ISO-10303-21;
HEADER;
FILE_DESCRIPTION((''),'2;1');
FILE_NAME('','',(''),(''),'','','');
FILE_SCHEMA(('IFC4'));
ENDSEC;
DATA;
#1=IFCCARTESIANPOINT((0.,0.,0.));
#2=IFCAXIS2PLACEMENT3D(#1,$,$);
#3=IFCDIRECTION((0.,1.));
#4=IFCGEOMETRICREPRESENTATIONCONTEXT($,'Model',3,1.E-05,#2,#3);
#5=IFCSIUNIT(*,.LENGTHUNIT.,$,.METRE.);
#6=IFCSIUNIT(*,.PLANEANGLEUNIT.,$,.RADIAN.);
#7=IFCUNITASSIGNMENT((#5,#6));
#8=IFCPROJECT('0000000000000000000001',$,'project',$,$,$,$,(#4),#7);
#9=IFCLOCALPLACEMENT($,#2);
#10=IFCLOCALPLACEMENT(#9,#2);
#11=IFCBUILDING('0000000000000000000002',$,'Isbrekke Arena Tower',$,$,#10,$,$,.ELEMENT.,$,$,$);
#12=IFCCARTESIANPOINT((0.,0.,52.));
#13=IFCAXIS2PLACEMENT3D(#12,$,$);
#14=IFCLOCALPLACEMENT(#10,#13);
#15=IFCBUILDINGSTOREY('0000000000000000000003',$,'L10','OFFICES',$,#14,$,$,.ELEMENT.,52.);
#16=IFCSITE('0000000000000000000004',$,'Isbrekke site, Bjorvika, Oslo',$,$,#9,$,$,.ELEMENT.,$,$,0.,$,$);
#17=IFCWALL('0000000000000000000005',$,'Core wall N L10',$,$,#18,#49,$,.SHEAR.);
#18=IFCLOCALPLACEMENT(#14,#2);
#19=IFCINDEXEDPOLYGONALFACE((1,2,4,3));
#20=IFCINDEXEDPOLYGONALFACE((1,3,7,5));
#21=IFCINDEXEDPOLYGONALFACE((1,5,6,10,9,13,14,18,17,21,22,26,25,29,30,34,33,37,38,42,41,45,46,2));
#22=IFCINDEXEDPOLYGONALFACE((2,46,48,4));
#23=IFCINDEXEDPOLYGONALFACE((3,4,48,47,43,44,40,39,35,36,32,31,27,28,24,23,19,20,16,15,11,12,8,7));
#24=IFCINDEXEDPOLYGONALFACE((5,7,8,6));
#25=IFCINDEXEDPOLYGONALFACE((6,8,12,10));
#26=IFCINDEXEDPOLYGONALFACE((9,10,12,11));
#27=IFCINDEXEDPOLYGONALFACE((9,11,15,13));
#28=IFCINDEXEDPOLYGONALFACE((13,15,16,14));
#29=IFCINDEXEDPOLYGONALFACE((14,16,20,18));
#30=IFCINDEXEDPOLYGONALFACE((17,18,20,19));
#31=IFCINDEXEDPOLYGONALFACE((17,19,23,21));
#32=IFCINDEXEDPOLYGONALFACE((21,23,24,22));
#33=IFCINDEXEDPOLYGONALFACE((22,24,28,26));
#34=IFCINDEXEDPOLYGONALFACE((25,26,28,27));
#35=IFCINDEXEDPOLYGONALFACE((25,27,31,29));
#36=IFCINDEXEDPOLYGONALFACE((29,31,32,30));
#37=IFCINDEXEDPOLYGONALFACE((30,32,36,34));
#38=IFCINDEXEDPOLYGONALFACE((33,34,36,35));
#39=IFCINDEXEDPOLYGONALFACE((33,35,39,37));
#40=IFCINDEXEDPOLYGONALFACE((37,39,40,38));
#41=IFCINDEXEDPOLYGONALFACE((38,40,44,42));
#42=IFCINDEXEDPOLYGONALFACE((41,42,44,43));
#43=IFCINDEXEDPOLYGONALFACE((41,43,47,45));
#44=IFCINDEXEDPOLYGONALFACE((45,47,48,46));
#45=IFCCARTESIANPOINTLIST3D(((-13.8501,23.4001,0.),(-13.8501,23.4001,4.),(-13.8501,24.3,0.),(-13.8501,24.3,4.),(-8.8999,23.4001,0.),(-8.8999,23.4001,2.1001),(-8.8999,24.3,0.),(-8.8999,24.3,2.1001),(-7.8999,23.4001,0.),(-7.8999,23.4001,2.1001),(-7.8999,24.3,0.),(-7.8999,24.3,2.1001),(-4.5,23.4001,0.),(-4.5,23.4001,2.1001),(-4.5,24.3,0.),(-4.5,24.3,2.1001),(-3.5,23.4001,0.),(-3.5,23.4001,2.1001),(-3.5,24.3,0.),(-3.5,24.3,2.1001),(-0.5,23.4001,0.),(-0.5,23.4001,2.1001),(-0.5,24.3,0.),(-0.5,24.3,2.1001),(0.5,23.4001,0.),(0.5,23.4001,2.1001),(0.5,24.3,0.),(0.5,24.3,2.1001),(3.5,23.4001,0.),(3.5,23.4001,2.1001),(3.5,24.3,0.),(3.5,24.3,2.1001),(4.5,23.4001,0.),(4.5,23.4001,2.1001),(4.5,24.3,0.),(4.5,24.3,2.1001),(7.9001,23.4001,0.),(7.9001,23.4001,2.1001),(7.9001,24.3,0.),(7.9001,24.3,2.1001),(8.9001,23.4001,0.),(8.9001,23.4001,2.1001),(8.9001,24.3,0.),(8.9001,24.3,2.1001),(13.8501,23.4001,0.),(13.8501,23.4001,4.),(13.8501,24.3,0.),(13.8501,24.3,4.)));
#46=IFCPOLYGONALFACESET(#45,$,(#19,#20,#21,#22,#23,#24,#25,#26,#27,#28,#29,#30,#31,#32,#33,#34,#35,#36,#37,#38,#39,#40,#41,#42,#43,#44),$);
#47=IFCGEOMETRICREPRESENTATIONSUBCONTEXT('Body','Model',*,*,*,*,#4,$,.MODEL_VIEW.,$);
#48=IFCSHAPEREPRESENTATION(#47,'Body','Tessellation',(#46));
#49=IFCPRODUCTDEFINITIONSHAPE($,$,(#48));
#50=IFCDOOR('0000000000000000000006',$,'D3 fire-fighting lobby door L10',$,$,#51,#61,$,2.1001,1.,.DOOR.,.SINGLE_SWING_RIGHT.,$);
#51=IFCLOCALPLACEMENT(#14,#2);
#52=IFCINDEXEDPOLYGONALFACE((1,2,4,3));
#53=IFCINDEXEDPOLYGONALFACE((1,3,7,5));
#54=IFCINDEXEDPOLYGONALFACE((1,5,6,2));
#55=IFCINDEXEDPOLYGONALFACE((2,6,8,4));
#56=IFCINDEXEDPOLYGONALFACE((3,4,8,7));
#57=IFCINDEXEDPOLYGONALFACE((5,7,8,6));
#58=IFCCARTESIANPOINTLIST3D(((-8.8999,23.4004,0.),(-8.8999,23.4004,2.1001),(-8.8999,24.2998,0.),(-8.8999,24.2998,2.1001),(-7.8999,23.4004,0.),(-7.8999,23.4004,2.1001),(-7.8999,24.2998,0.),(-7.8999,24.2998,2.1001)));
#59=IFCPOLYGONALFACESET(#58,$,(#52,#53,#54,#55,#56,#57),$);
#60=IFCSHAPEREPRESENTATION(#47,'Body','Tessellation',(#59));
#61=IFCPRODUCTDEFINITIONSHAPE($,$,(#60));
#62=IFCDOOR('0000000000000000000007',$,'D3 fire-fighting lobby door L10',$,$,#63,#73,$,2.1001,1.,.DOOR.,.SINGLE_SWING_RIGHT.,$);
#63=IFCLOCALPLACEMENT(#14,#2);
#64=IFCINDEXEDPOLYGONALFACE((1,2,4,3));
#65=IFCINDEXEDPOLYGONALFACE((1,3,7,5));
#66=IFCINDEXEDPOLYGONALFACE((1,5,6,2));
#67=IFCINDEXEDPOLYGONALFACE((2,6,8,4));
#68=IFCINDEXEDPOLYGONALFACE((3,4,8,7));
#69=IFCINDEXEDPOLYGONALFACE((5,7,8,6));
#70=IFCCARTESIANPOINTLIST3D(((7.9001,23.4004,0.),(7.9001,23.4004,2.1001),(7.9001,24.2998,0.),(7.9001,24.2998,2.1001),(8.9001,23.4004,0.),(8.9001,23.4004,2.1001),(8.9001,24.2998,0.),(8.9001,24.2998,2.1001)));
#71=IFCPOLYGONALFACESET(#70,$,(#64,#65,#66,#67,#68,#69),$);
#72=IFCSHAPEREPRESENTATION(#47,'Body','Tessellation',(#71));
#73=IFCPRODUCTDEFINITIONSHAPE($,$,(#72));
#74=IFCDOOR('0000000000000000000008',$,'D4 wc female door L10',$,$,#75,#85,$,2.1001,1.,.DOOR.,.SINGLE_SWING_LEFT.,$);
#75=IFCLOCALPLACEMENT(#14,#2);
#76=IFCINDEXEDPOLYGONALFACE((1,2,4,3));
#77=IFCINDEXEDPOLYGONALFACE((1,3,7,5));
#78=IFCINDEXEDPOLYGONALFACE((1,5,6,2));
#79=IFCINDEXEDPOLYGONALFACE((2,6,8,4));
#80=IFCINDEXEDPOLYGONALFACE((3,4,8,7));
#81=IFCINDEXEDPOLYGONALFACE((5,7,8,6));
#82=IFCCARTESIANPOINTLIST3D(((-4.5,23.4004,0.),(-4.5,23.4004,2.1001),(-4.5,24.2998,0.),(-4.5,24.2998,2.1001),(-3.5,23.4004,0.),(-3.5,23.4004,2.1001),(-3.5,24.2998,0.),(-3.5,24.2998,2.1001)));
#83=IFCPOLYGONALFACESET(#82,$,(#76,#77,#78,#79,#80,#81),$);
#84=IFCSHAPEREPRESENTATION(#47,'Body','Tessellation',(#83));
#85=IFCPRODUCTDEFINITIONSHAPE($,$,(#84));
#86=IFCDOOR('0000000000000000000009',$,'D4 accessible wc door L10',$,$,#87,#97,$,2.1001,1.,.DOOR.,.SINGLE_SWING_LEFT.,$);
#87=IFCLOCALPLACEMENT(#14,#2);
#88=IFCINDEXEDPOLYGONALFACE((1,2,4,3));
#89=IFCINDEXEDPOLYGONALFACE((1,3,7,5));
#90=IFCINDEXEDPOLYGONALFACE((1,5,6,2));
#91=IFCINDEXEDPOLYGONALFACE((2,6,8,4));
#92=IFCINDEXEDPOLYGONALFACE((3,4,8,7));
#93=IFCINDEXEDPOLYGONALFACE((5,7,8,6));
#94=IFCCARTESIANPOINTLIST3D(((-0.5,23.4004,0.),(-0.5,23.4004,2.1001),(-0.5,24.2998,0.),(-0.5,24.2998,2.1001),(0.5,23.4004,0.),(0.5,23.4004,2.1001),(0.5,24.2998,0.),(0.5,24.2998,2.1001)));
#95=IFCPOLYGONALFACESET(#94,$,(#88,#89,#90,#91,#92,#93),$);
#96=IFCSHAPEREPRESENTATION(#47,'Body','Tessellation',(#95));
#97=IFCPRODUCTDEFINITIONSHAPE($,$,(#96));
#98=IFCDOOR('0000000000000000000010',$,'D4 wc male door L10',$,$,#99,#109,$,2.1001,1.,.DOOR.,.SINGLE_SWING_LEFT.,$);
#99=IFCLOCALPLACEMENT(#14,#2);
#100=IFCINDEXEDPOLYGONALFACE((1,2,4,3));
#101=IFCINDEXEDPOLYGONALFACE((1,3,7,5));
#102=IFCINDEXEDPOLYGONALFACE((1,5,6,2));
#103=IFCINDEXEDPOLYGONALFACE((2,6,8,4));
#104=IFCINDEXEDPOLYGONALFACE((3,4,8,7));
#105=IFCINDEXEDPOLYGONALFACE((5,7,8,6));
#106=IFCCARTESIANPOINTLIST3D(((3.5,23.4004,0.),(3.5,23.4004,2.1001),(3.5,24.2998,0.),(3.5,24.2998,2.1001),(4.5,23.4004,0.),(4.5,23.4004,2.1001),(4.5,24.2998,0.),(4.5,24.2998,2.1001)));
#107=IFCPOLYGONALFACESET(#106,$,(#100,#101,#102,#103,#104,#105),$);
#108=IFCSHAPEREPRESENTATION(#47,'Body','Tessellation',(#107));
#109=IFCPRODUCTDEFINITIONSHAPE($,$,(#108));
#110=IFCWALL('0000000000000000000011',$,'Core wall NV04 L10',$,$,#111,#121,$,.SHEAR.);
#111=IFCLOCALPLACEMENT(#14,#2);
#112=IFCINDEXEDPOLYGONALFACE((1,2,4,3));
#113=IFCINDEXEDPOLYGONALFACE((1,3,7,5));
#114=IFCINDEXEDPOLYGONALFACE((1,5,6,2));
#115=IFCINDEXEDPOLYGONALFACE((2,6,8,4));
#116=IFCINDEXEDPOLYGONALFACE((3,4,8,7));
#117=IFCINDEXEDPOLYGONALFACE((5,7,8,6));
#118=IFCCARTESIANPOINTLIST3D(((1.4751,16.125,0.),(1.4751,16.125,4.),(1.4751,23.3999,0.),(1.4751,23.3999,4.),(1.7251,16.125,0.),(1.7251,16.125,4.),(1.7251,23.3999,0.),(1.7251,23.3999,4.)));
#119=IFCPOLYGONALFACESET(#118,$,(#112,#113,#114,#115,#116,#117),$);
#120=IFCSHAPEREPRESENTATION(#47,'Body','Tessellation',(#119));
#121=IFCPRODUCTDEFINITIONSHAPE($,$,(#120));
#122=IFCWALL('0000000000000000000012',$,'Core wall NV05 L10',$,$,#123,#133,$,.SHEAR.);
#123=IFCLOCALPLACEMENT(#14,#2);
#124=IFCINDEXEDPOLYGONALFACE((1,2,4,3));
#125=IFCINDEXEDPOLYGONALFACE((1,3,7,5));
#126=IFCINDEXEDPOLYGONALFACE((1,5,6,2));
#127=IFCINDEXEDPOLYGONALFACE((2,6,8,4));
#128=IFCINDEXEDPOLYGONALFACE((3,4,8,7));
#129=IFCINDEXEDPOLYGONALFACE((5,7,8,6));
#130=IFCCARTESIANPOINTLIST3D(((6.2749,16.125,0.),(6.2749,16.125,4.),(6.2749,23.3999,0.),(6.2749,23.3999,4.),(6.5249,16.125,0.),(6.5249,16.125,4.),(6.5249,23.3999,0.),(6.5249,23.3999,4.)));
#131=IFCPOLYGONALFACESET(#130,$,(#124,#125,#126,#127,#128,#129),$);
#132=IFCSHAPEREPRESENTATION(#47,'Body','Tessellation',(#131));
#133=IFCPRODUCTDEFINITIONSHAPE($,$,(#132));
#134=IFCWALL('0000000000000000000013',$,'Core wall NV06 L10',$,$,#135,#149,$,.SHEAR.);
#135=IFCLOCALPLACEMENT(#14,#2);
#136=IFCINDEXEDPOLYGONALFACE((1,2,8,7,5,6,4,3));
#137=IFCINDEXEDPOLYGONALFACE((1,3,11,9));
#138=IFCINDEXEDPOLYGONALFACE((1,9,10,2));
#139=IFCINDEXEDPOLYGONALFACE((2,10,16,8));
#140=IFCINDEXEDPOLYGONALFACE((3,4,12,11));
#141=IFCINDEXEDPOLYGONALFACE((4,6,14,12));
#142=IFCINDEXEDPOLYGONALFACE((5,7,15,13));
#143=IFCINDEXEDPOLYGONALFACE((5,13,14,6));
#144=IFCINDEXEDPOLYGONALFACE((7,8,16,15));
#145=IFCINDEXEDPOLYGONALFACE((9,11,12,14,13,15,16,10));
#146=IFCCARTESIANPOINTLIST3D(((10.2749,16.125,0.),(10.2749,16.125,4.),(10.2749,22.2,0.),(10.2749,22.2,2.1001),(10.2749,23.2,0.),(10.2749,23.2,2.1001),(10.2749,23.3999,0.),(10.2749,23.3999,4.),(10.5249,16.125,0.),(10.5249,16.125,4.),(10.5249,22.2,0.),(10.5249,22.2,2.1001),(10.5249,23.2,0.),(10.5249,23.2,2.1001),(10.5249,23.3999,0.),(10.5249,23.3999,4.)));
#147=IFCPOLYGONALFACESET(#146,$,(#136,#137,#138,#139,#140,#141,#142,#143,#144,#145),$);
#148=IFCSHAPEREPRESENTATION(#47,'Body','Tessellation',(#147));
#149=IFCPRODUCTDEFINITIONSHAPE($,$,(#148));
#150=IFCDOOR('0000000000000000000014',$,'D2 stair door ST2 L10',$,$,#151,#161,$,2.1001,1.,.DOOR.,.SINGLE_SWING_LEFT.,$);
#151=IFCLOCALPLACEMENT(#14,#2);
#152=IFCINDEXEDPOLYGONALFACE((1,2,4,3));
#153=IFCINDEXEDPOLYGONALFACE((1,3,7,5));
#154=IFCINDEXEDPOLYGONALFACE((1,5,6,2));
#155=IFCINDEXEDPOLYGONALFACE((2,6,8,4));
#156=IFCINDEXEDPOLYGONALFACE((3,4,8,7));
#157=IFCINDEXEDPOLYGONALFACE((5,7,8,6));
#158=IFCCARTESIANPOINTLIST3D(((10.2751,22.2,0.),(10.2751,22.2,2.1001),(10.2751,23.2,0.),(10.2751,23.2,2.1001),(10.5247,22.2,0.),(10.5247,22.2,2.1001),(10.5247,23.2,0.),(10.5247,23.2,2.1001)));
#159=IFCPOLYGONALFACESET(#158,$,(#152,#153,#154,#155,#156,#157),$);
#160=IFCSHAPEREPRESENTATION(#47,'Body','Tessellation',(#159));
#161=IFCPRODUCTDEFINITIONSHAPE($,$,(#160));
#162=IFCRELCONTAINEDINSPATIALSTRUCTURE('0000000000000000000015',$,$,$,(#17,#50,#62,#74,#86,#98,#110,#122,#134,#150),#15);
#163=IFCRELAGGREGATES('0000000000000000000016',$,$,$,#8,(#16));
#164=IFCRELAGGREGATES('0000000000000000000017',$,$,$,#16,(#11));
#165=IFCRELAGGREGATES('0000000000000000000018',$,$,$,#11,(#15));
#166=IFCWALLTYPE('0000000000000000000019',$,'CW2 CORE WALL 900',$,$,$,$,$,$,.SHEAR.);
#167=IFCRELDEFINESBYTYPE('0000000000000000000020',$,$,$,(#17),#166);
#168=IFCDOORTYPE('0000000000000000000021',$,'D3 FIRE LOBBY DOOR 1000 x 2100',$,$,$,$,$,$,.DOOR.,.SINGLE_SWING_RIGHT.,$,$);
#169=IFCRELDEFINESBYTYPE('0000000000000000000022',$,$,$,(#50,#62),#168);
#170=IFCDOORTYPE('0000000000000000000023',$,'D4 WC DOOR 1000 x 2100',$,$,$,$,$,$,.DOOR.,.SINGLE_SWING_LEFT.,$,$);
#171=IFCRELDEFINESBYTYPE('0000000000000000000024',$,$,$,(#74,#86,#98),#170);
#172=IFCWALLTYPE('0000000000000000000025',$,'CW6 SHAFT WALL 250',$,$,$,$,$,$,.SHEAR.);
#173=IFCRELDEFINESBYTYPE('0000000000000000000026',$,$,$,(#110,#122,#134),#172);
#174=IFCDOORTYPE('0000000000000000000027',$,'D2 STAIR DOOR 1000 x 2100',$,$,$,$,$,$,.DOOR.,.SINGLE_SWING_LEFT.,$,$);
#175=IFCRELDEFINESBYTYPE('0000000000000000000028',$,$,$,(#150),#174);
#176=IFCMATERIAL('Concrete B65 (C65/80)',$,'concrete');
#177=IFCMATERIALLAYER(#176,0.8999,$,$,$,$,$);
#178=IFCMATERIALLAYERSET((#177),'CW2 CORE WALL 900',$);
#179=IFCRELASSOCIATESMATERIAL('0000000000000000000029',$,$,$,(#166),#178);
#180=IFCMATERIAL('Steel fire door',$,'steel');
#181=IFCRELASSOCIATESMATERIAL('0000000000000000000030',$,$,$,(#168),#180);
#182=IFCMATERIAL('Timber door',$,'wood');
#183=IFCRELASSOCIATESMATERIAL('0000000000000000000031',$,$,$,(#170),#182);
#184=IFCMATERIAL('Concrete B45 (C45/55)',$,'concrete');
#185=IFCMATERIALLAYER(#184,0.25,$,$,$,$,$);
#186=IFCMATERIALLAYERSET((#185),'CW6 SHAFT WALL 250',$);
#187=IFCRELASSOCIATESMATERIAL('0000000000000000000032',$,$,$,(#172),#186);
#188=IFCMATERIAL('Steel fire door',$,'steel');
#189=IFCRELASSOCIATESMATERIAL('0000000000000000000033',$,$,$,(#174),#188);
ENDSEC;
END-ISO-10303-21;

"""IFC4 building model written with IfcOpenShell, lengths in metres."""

from ifc_helpers import new_model, si_unit, direction, frame, frame_2d, origin, place, context, subcontext, project, spatial, rectangle, extrude, material, layer, layer_set, type_object, element, fill, save


model = new_model("IFC4")

# Units and contexts
model_context = context("Model", 3, precision=1e-05, world=origin(), true_north=direction((0.0, 1.0)))
body_context = subcontext(model_context, "Body", "Model", "MODEL_VIEW")
ifc_project = project(units=[si_unit("LENGTHUNIT", "METRE"), si_unit("PLANEANGLEUNIT", "RADIAN")], contexts=[model_context])

# Site, building, storey
site_placement = place(None, origin())
site = spatial("IfcSite", under=ifc_project, at=site_placement, Name="Isbrekke site, Bjorvika, Oslo", CompositionType="ELEMENT", RefElevation=0.0)
building_placement = place(site_placement, origin())
building = spatial("IfcBuilding", under=site, at=building_placement, Name="Isbrekke Arena Tower", CompositionType="ELEMENT")
storey_placement = place(building_placement, frame((0.0, 0.0, 52.0)))
storey = spatial("IfcBuildingStorey", under=building, at=storey_placement, Name="L10", Description="OFFICES", CompositionType="ELEMENT", Elevation=52.0)

# Wall, openings, doors
ifc_material_1 = material(Name="Concrete B65 (C65/80)", Category="concrete")
ifc_layer_1 = layer(ifc_material_1, 0.8999)
ifc_layer_set_1 = layer_set([ifc_layer_1], Name="CW2 CORE WALL 900")
wall_type_1 = type_object("IfcWallType", Name="CW2 CORE WALL 900", PredefinedType="SHEAR", material=ifc_layer_set_1)
wall_1_placement = place(storey_placement, frame((13.8501, 23.8501, 0.0), z_axis=(0.0, 0.0, 1.0), x_axis=(-1.0, 0.0, 0.0)))
wall_1 = element("IfcWall", 1, at=wall_1_placement, inside=storey, type_object=wall_type_1, Name="Core wall N L10", PredefinedType="SHEAR", context=body_context, shape_type="SweptSolid", body=[
    extrude(rectangle(XDim=27.7002, YDim=0.8999, at=frame_2d((13.8501, 0.0))), origin(), (0.0, 0.0, 1.0), 4.0),
])
opening_1_placement = place(wall_1_placement, frame((21.75, 0.0, 0.0)))
opening_1 = element("IfcOpeningElement", 2, at=opening_1_placement, cuts=wall_1, PredefinedType="OPENING", context=body_context, shape_type="SweptSolid", body=[
    extrude(rectangle(XDim=1.0, YDim=2.1001, at=frame_2d((0.5, 1.05))), frame((0.0, 0.4648, 0.0), z_axis=(0.0, -1.0, 0.0), x_axis=(1.0, 0.0, 0.0)), (0.0, 0.0, 1.0), 0.9297),
])
opening_2_placement = place(wall_1_placement, frame((4.95, 0.0, 0.0)))
opening_2 = element("IfcOpeningElement", 3, at=opening_2_placement, cuts=wall_1, PredefinedType="OPENING", context=body_context, shape_type="SweptSolid", body=[
    extrude(rectangle(XDim=1.0, YDim=2.1001, at=frame_2d((0.5, 1.05))), frame((0.0, 0.4648, 0.0), z_axis=(0.0, -1.0, 0.0), x_axis=(1.0, 0.0, 0.0)), (0.0, 0.0, 1.0), 0.9297),
])
opening_3_placement = place(wall_1_placement, frame((17.3501, 0.0, 0.0)))
opening_3 = element("IfcOpeningElement", 4, at=opening_3_placement, cuts=wall_1, PredefinedType="OPENING", context=body_context, shape_type="SweptSolid", body=[
    extrude(rectangle(XDim=1.0, YDim=2.1001, at=frame_2d((0.5, 1.05))), frame((0.0, 0.4648, 0.0), z_axis=(0.0, -1.0, 0.0), x_axis=(1.0, 0.0, 0.0)), (0.0, 0.0, 1.0), 0.9297),
])
opening_4_placement = place(wall_1_placement, frame((13.3501, 0.0, 0.0)))
opening_4 = element("IfcOpeningElement", 5, at=opening_4_placement, cuts=wall_1, PredefinedType="OPENING", context=body_context, shape_type="SweptSolid", body=[
    extrude(rectangle(XDim=1.0, YDim=2.1001, at=frame_2d((0.5, 1.05))), frame((0.0, 0.4648, 0.0), z_axis=(0.0, -1.0, 0.0), x_axis=(1.0, 0.0, 0.0)), (0.0, 0.0, 1.0), 0.9297),
])
opening_5_placement = place(wall_1_placement, frame((9.3501, 0.0, 0.0)))
opening_5 = element("IfcOpeningElement", 6, at=opening_5_placement, cuts=wall_1, PredefinedType="OPENING", context=body_context, shape_type="SweptSolid", body=[
    extrude(rectangle(XDim=1.0, YDim=2.1001, at=frame_2d((0.5, 1.05))), frame((0.0, 0.4648, 0.0), z_axis=(0.0, -1.0, 0.0), x_axis=(1.0, 0.0, 0.0)), (0.0, 0.0, 1.0), 0.9297),
])
ifc_material_2 = material(Name="Steel fire door", Category="steel")
door_type_1 = type_object("IfcDoorType", Name="D3 FIRE LOBBY DOOR 1000 x 2100", OperationType="SINGLE_SWING_RIGHT", PredefinedType="DOOR", material=ifc_material_2)
door_1_placement = place(opening_1_placement, origin())
door_1 = element("IfcDoor", 7, at=door_1_placement, inside=storey, type_object=door_type_1, Name="D3 fire-fighting lobby door L10", OperationType="SINGLE_SWING_RIGHT", OverallHeight=2.1001, OverallWidth=1.0, PredefinedType="DOOR", context=body_context, shape_type="SweptSolid", body=[
    extrude(rectangle(XDim=1.0, YDim=2.1001, at=frame_2d((0.5, 1.05))), frame((0.0, 0.4497, 0.0), z_axis=(0.0, -1.0, 0.0), x_axis=(1.0, 0.0, 0.0)), (0.0, 0.0, 1.0), 0.8994),
])
fill(opening_1, door_1)
door_2_placement = place(opening_2_placement, origin())
door_2 = element("IfcDoor", 8, at=door_2_placement, inside=storey, type_object=door_type_1, Name="D3 fire-fighting lobby door L10", OperationType="SINGLE_SWING_RIGHT", OverallHeight=2.1001, OverallWidth=1.0, PredefinedType="DOOR", context=body_context, shape_type="SweptSolid", body=[
    extrude(rectangle(XDim=1.0, YDim=2.1001, at=frame_2d((0.5, 1.05))), frame((0.0, 0.4497, 0.0), z_axis=(0.0, -1.0, 0.0), x_axis=(1.0, 0.0, 0.0)), (0.0, 0.0, 1.0), 0.8994),
])
fill(opening_2, door_2)
ifc_material_3 = material(Name="Timber door", Category="wood")
door_type_2 = type_object("IfcDoorType", Name="D4 WC DOOR 1000 x 2100", OperationType="SINGLE_SWING_LEFT", PredefinedType="DOOR", material=ifc_material_3)
door_3_placement = place(opening_3_placement, origin())
door_3 = element("IfcDoor", 9, at=door_3_placement, inside=storey, type_object=door_type_2, Name="D4 wc female door L10", OperationType="SINGLE_SWING_LEFT", OverallHeight=2.1001, OverallWidth=1.0, PredefinedType="DOOR", context=body_context, shape_type="SweptSolid", body=[
    extrude(rectangle(XDim=1.0, YDim=2.1001, at=frame_2d((0.5, 1.05))), frame((0.0, 0.4497, 0.0), z_axis=(0.0, -1.0, 0.0), x_axis=(1.0, 0.0, 0.0)), (0.0, 0.0, 1.0), 0.8994),
])
fill(opening_3, door_3)
door_4_placement = place(opening_4_placement, origin())
door_4 = element("IfcDoor", 10, at=door_4_placement, inside=storey, type_object=door_type_2, Name="D4 accessible wc door L10", OperationType="SINGLE_SWING_LEFT", OverallHeight=2.1001, OverallWidth=1.0, PredefinedType="DOOR", context=body_context, shape_type="SweptSolid", body=[
    extrude(rectangle(XDim=1.0, YDim=2.1001, at=frame_2d((0.5, 1.05))), frame((0.0, 0.4497, 0.0), z_axis=(0.0, -1.0, 0.0), x_axis=(1.0, 0.0, 0.0)), (0.0, 0.0, 1.0), 0.8994),
])
fill(opening_4, door_4)
door_5_placement = place(opening_5_placement, origin())
door_5 = element("IfcDoor", 11, at=door_5_placement, inside=storey, type_object=door_type_2, Name="D4 wc male door L10", OperationType="SINGLE_SWING_LEFT", OverallHeight=2.1001, OverallWidth=1.0, PredefinedType="DOOR", context=body_context, shape_type="SweptSolid", body=[
    extrude(rectangle(XDim=1.0, YDim=2.1001, at=frame_2d((0.5, 1.05))), frame((0.0, 0.4497, 0.0), z_axis=(0.0, -1.0, 0.0), x_axis=(1.0, 0.0, 0.0)), (0.0, 0.0, 1.0), 0.8994),
])
fill(opening_5, door_5)

# Walls
ifc_material_4 = material(Name="Concrete B45 (C45/55)", Category="concrete")
ifc_layer_2 = layer(ifc_material_4, 0.25)
ifc_layer_set_2 = layer_set([ifc_layer_2], Name="CW6 SHAFT WALL 250")
wall_type_2 = type_object("IfcWallType", Name="CW6 SHAFT WALL 250", PredefinedType="SHEAR", material=ifc_layer_set_2)
for number, where, z_axis, x_axis, name in (
    (12, (1.6001, 16.125, 0.0), (0.0, 0.0, 1.0), (0.0, 1.0, 0.0), "Core wall NV04 L10"),
    (13, (6.3999, 16.125, 0.0), (0.0, 0.0, 1.0), (0.0, 1.0, 0.0), "Core wall NV05 L10"),
):
    element("IfcWall", number, at=place(storey_placement, frame(where, z_axis=z_axis, x_axis=x_axis)), inside=storey, type_object=wall_type_2, Name=name, PredefinedType="SHEAR", context=body_context, shape_type="SweptSolid", body=[
        extrude(rectangle(XDim=7.2749, YDim=0.25, at=frame_2d((3.6375, 0.0))), origin(), (0.0, 0.0, 1.0), 4.0),
    ])

# Wall, opening, door
wall_2_placement = place(storey_placement, frame((10.3999, 16.125, 0.0), z_axis=(0.0, 0.0, 1.0), x_axis=(0.0, 1.0, 0.0)))
wall_2 = element("IfcWall", 14, at=wall_2_placement, inside=storey, type_object=wall_type_2, Name="Core wall NV06 L10", PredefinedType="SHEAR", context=body_context, shape_type="SweptSolid", body=[
    extrude(rectangle(XDim=7.2749, YDim=0.25, at=frame_2d((3.6375, 0.0))), origin(), (0.0, 0.0, 1.0), 4.0),
])
opening_6_placement = place(wall_2_placement, frame((6.075, 0.0, 0.0)))
opening_6 = element("IfcOpeningElement", 15, at=opening_6_placement, cuts=wall_2, PredefinedType="OPENING", context=body_context, shape_type="SweptSolid", body=[
    extrude(rectangle(XDim=1.0, YDim=2.1001, at=frame_2d((0.5, 1.05))), frame((0.0, 0.1399, 0.0), z_axis=(0.0, -1.0, 0.0), x_axis=(1.0, 0.0, 0.0)), (0.0, 0.0, 1.0), 0.2798),
])
ifc_material_5 = material(Name="Steel fire door", Category="steel")
door_type_3 = type_object("IfcDoorType", Name="D2 STAIR DOOR 1000 x 2100", OperationType="SINGLE_SWING_LEFT", PredefinedType="DOOR", material=ifc_material_5)
door_6_placement = place(opening_6_placement, origin())
door_6 = element("IfcDoor", 16, at=door_6_placement, inside=storey, type_object=door_type_3, Name="D2 stair door ST2 L10", OperationType="SINGLE_SWING_LEFT", OverallHeight=2.1001, OverallWidth=1.0, PredefinedType="DOOR", context=body_context, shape_type="SweptSolid", body=[
    extrude(rectangle(XDim=1.0, YDim=2.1001, at=frame_2d((0.5, 1.05))), frame((0.0, 0.1248, 0.0), z_axis=(0.0, -1.0, 0.0), x_axis=(1.0, 0.0, 0.0)), (0.0, 0.0, 1.0), 0.2495),
])
fill(opening_6, door_6)

save(model, "model.ifc")
